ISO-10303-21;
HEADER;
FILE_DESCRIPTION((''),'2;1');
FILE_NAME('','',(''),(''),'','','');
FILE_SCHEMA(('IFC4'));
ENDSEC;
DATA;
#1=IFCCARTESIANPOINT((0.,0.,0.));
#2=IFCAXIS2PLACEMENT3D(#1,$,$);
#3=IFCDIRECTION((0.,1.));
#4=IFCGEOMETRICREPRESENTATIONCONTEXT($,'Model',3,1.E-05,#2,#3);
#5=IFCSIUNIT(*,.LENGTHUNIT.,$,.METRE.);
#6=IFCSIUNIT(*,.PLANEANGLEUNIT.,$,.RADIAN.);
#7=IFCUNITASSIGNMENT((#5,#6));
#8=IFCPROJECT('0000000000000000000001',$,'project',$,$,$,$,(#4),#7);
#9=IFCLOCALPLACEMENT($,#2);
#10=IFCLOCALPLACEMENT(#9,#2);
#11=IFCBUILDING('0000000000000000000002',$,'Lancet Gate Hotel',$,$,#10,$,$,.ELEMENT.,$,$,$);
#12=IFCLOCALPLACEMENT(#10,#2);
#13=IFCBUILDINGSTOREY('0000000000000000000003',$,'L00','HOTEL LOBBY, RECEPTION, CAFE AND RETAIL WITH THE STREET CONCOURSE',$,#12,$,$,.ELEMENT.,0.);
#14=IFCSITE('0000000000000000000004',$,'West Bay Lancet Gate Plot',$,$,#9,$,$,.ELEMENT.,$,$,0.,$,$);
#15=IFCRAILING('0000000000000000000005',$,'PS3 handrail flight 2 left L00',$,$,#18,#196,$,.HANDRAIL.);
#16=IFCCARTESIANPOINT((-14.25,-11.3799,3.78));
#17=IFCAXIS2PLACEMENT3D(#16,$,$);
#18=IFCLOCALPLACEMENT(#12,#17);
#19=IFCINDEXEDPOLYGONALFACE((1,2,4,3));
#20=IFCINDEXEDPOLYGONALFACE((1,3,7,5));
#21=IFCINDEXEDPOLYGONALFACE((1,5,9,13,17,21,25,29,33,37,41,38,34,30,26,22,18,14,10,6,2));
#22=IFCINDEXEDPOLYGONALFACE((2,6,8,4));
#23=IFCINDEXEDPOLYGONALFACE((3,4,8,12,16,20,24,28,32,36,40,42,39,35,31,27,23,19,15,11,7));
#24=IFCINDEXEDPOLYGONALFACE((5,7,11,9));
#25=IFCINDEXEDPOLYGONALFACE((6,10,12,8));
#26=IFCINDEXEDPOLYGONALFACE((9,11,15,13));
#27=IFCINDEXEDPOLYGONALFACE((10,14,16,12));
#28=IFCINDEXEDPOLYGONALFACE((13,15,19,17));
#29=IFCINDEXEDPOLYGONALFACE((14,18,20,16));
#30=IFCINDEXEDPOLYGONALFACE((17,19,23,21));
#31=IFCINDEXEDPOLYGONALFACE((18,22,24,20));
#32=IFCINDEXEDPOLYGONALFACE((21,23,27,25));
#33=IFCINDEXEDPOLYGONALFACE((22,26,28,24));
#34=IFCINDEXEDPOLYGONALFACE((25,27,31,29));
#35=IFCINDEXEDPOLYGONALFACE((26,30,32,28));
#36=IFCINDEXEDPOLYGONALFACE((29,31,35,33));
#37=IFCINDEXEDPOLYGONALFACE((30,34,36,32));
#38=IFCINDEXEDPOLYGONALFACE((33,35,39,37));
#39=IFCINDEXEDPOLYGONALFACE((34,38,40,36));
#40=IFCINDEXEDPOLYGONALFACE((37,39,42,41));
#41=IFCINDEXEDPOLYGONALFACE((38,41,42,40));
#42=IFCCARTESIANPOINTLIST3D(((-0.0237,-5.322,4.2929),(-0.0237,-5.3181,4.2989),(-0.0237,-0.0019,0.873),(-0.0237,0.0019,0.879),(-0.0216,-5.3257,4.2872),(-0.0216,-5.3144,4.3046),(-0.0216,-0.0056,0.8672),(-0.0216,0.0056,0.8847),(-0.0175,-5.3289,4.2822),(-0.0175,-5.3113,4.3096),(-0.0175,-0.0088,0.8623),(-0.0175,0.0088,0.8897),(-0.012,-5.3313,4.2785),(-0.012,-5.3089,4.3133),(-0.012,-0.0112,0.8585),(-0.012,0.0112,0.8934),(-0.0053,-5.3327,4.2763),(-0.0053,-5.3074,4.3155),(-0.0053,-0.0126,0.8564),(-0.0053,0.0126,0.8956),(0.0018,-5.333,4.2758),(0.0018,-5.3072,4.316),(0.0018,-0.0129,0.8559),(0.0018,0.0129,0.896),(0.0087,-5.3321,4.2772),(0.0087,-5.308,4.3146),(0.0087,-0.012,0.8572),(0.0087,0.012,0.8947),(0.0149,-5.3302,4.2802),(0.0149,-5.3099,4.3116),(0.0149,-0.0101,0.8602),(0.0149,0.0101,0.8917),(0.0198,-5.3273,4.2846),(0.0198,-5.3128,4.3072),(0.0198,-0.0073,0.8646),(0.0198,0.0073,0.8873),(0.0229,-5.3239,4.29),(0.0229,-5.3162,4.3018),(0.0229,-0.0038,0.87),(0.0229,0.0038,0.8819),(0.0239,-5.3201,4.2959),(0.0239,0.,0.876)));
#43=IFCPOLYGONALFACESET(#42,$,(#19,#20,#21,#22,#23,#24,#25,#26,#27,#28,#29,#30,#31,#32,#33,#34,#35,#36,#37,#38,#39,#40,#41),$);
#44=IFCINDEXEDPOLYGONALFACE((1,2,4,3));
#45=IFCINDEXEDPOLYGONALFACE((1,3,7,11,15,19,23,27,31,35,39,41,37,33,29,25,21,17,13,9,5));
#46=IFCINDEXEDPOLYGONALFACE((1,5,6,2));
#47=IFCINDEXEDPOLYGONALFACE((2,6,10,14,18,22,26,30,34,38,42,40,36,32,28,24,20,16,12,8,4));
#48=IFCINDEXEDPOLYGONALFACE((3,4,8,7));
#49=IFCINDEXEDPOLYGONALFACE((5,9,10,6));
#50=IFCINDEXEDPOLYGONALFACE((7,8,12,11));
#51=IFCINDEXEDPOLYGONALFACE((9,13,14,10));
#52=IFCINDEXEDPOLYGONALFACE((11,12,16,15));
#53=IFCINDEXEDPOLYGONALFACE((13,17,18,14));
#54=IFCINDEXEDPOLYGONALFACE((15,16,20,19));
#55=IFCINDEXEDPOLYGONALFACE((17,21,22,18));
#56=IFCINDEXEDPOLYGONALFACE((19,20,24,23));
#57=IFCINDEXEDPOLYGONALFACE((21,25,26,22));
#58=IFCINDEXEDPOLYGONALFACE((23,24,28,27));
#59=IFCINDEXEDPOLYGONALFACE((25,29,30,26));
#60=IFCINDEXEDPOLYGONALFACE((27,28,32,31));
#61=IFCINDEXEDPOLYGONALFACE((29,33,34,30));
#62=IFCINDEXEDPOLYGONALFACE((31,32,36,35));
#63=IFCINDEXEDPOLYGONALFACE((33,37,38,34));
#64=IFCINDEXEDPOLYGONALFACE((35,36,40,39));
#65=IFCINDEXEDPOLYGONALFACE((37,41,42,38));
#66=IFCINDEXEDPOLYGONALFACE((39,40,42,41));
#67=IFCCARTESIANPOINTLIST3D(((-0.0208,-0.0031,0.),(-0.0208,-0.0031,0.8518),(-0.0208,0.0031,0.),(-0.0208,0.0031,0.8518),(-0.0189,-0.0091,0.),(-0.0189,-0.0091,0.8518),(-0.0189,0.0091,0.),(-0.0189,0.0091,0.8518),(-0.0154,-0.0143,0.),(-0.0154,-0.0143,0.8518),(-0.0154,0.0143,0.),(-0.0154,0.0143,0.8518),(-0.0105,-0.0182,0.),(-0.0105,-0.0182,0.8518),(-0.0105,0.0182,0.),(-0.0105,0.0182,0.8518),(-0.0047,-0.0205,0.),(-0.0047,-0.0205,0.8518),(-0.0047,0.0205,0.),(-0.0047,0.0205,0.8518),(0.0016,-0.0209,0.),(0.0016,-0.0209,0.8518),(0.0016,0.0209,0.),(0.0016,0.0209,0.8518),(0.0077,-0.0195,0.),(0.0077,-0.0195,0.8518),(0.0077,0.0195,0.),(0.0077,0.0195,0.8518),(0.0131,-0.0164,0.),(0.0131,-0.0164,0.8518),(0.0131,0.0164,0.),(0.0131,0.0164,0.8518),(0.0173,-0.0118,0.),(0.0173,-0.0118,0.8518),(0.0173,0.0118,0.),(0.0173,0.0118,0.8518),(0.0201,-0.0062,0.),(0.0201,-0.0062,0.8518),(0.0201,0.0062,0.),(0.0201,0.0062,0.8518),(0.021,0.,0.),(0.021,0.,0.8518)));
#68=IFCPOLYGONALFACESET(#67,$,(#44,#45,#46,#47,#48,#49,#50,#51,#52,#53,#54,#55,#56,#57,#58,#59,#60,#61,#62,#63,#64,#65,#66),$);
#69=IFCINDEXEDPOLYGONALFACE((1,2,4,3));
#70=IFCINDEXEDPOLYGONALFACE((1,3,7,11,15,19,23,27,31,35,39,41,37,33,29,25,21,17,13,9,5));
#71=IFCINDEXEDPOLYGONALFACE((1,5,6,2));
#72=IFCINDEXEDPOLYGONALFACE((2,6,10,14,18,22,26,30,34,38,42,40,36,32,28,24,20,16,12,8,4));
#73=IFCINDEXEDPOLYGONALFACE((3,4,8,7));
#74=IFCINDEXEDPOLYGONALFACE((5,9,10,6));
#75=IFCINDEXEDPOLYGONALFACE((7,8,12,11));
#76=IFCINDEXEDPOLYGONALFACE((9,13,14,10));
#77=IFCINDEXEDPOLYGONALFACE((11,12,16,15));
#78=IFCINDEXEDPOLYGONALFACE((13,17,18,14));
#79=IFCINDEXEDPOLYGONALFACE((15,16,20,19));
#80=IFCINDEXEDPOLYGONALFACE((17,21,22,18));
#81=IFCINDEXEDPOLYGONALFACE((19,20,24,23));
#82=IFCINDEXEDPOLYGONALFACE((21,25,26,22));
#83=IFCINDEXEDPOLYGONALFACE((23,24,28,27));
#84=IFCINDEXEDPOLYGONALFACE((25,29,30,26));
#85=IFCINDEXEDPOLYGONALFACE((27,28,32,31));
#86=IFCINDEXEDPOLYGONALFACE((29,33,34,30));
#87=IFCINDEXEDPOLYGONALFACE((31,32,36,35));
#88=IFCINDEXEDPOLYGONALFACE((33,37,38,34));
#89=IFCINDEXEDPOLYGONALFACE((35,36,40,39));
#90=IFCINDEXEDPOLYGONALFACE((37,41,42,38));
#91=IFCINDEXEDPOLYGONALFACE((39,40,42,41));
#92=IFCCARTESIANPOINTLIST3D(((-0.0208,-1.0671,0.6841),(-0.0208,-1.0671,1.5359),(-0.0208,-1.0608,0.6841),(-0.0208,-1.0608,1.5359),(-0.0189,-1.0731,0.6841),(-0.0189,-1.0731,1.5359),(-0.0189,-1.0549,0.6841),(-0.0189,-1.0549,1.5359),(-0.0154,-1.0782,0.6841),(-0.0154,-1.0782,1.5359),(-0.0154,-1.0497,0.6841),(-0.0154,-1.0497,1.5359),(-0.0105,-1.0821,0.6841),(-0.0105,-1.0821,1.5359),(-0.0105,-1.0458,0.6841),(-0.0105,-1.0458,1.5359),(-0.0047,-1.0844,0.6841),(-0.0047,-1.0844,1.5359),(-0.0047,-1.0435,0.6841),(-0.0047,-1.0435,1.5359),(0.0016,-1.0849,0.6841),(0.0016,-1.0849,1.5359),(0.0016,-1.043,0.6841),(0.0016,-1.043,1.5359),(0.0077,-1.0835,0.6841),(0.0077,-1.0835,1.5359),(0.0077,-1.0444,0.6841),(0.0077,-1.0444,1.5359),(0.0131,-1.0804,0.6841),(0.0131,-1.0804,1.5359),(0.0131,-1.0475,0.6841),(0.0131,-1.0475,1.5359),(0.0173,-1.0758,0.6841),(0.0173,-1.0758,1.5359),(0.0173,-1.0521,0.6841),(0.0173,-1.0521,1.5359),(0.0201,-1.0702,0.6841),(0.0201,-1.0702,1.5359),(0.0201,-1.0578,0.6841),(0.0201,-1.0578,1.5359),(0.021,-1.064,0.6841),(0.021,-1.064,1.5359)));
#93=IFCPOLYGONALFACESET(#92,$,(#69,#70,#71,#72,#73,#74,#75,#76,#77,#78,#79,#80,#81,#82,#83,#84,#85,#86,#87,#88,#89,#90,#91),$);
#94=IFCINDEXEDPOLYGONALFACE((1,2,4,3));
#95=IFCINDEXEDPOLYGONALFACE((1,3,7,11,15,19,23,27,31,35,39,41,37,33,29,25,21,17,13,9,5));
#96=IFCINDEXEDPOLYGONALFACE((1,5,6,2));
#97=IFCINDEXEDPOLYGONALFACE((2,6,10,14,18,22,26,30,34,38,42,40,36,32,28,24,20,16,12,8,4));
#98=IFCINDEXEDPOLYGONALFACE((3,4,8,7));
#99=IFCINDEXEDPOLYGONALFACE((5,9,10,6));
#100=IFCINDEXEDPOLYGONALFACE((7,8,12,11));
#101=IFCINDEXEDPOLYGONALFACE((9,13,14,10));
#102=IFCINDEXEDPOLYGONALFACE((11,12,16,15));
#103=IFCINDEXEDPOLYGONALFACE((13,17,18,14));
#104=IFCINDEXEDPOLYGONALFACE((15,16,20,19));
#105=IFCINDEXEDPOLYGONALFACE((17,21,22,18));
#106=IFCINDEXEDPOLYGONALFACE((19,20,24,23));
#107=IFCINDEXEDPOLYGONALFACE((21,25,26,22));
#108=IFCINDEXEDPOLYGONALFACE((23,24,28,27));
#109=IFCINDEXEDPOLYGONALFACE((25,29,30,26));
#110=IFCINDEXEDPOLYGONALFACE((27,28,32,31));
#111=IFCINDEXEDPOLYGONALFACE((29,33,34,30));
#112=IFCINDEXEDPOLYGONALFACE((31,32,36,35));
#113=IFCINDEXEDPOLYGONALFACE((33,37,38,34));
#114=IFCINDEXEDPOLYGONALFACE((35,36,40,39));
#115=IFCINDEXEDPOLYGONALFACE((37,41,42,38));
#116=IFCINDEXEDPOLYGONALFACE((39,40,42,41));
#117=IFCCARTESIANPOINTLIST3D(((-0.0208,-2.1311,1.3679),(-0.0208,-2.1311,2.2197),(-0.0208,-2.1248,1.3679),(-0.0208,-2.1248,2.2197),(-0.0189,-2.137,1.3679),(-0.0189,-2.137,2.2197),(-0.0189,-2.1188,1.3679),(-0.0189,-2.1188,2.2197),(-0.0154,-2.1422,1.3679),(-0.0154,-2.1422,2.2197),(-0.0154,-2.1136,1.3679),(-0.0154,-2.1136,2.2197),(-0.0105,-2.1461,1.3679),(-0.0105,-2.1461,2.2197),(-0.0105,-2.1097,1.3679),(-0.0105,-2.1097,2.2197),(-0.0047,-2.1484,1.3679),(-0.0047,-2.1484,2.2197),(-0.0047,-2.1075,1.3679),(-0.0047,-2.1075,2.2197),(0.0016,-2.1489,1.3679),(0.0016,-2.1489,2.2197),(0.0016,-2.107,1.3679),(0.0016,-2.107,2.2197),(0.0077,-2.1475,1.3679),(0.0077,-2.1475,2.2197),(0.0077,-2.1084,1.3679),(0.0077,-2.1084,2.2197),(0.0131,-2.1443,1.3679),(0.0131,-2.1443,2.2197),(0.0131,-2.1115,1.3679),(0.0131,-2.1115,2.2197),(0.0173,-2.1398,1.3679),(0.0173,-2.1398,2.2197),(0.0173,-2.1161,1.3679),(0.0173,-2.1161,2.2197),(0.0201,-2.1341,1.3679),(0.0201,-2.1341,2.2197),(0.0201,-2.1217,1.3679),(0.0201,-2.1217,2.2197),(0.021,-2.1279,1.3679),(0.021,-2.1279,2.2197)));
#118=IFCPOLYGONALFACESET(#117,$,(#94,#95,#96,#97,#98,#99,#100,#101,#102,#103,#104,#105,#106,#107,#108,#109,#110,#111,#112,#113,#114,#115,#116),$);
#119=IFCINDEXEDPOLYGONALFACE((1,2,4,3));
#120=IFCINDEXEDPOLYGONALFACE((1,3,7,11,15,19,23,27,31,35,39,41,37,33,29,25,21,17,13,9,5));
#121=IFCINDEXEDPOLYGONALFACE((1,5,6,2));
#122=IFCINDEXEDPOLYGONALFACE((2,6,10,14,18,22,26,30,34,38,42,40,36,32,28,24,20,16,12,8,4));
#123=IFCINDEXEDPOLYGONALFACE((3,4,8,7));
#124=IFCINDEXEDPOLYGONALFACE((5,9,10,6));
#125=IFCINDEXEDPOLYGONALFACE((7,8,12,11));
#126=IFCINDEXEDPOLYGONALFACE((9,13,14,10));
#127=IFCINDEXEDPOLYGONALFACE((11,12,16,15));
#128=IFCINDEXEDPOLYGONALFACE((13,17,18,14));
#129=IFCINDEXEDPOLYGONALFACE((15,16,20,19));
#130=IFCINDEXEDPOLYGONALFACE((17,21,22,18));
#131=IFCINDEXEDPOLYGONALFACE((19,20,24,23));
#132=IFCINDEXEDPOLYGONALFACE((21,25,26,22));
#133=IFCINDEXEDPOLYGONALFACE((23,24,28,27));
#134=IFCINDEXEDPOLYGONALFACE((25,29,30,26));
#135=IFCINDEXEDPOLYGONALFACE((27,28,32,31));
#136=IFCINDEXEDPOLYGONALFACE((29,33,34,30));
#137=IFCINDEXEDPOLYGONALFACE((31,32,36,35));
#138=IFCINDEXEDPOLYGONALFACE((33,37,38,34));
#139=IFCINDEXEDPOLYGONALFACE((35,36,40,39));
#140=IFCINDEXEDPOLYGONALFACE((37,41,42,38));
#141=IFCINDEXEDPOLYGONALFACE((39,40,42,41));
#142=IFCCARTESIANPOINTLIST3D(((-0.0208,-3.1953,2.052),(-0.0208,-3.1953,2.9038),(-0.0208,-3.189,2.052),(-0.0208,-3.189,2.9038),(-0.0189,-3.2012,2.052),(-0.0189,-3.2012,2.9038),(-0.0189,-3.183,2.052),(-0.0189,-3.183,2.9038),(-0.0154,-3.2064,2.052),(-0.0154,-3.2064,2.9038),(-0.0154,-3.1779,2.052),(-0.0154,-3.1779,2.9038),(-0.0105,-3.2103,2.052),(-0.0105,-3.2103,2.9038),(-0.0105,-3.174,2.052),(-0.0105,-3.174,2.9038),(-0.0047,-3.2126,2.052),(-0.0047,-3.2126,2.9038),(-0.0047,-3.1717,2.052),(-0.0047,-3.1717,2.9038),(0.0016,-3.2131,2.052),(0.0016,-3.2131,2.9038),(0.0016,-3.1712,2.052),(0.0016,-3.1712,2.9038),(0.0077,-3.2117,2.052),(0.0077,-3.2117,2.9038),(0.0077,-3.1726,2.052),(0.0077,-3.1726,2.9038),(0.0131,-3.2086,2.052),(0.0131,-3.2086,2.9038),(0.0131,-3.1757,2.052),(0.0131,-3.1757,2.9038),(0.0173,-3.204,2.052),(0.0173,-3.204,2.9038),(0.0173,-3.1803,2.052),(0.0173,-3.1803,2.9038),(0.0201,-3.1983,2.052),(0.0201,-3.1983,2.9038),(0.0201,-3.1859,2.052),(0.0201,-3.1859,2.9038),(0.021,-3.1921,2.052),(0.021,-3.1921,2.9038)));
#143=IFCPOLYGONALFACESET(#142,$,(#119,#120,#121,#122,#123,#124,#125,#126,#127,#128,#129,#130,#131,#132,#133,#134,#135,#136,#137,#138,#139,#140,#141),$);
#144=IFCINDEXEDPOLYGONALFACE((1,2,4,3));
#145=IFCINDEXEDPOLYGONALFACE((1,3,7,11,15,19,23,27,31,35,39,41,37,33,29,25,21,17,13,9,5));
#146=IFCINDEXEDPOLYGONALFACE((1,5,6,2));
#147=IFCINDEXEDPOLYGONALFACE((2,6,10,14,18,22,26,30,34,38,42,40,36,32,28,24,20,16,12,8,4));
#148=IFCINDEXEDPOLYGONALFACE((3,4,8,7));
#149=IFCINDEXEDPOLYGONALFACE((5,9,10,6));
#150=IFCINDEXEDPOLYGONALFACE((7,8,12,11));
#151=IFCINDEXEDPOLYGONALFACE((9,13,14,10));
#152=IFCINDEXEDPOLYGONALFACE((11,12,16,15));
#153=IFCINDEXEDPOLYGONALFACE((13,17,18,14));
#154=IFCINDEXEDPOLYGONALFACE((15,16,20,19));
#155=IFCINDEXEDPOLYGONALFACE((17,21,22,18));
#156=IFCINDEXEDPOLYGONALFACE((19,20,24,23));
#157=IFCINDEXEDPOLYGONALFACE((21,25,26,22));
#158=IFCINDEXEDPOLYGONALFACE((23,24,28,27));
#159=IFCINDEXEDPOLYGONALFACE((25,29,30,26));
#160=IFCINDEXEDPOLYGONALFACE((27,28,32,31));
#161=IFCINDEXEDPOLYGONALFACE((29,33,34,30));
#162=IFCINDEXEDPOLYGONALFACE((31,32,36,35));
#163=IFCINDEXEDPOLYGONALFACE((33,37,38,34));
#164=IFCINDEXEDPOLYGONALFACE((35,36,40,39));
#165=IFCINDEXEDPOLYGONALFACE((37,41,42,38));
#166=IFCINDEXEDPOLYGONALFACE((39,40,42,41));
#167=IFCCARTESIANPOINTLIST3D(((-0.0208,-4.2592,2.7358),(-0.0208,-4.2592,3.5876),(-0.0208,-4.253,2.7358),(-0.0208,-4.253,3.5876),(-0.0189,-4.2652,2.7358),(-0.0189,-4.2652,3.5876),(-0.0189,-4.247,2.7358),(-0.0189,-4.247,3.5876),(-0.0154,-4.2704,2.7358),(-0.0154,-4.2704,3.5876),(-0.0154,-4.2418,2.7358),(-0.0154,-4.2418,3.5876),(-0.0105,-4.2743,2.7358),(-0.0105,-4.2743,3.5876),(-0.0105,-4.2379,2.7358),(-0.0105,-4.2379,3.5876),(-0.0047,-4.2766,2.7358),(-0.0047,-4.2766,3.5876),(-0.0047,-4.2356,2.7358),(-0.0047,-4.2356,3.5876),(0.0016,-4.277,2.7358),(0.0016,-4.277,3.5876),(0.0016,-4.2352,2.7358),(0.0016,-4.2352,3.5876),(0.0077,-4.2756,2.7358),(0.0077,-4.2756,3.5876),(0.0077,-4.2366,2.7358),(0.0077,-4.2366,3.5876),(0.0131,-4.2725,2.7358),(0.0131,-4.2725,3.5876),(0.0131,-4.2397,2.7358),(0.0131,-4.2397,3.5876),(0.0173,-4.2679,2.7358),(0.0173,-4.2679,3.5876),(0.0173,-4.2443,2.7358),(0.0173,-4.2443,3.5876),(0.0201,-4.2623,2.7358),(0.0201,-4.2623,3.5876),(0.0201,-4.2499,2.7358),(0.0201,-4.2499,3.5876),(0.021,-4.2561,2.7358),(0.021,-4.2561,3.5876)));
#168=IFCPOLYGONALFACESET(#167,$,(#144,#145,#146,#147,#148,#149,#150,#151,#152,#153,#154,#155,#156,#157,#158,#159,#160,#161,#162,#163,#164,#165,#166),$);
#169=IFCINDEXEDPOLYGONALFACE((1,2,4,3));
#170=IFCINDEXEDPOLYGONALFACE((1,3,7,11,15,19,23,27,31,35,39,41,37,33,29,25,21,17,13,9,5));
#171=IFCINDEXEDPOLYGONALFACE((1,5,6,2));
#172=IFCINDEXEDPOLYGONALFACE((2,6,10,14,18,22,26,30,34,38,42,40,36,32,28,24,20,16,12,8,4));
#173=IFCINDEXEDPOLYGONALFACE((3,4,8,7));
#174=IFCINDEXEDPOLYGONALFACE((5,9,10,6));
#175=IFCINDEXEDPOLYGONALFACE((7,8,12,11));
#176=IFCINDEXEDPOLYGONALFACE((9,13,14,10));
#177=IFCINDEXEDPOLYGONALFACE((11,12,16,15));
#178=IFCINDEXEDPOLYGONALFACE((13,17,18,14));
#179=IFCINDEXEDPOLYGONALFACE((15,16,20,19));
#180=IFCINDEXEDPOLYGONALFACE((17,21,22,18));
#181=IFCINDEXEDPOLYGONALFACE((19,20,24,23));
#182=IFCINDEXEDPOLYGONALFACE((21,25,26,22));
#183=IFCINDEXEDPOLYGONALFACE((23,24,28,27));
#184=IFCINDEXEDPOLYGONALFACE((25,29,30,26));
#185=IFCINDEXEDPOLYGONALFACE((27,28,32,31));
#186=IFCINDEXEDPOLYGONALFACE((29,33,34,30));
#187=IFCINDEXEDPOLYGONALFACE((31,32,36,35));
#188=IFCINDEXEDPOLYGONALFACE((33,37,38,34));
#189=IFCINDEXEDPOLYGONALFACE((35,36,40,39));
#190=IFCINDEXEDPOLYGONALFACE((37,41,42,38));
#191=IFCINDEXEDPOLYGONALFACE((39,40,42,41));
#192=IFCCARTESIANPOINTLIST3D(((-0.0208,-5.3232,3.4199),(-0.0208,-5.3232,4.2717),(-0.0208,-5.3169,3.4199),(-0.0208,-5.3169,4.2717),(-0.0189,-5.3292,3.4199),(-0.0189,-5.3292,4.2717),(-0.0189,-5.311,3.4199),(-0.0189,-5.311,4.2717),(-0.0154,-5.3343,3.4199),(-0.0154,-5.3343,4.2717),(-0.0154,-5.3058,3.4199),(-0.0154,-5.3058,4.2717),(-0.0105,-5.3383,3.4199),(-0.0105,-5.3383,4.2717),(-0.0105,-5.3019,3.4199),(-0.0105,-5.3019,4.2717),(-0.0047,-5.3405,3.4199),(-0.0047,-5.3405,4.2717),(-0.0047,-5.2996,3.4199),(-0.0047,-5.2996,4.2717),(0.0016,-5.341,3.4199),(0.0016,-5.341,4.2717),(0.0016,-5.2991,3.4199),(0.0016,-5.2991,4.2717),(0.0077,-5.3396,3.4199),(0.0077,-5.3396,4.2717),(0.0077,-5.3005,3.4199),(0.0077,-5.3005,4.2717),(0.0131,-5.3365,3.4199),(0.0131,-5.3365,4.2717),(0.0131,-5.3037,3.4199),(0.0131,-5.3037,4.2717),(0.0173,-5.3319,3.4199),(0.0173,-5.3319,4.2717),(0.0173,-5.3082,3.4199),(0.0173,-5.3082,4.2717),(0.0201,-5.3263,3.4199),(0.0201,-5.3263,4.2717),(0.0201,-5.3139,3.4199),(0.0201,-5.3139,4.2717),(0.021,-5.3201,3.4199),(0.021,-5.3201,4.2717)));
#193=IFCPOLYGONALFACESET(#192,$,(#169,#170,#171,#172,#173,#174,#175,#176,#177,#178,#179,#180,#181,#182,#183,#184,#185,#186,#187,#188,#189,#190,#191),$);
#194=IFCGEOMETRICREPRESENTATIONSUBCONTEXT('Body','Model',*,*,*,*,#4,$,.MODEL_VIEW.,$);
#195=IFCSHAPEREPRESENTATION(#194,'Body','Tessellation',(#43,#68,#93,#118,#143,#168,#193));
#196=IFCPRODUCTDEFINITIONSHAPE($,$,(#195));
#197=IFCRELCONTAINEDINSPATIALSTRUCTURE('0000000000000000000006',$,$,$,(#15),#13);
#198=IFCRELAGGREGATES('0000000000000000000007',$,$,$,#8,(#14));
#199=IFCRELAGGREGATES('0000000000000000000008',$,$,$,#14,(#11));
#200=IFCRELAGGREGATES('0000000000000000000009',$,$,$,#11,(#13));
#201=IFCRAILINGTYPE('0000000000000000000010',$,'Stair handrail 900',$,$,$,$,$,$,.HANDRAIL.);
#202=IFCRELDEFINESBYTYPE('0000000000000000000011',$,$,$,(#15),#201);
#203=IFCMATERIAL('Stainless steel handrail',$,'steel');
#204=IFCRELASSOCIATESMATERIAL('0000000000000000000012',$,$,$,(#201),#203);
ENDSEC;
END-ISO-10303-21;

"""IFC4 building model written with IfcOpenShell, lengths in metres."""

from ifc_helpers import new_model, si_unit, direction, frame, origin, origin_2d, place, context, subcontext, project, spatial, circle, extrude, material, type_object, element, save


model = new_model("IFC4")

# Units and contexts
model_context = context("Model", 3, precision=1e-05, world=origin(), true_north=direction((0.0, 1.0)))
body_context = subcontext(model_context, "Body", "Model", "MODEL_VIEW")
ifc_project = project(units=[si_unit("LENGTHUNIT", "METRE"), si_unit("PLANEANGLEUNIT", "RADIAN")], contexts=[model_context])

# Site, building, storey
site_placement = place(None, origin())
site = spatial("IfcSite", under=ifc_project, at=site_placement, Name="West Bay Lancet Gate Plot", CompositionType="ELEMENT", RefElevation=0.0)
building_placement = place(site_placement, origin())
building = spatial("IfcBuilding", under=site, at=building_placement, Name="Lancet Gate Hotel", CompositionType="ELEMENT")
storey_placement = place(building_placement, origin())
storey = spatial("IfcBuildingStorey", under=building, at=storey_placement, Name="L00", Description="HOTEL LOBBY, RECEPTION, CAFE AND RETAIL WITH THE STREET CONCOURSE", CompositionType="ELEMENT", Elevation=0.0)

# Railing
ifc_material_1 = material(Name="Stainless steel handrail", Category="steel")
railing_type_1 = type_object("IfcRailingType", Name="Stair handrail 900", PredefinedType="HANDRAIL", material=ifc_material_1)
for number, where, name in (
    (1, (-14.25, -11.3799, 3.78), "PS3 handrail flight 2 left L00"),
):
    element("IfcRailing", number, at=place(storey_placement, frame(where)), inside=storey, type_object=railing_type_1, Name=name, PredefinedType="HANDRAIL", context=body_context, shape_type="SweptSolid", body=[
        extrude(circle(Radius=0.0239, at=origin_2d()), frame((0.0, 0.0, 0.876), z_axis=(0.0, -0.841187, 0.540744), x_axis=(1.0, 0.0, 0.0)), (0.0, 0.0, 1.0), 6.3245),
        extrude(circle(Radius=0.021, at=origin_2d()), origin(), (0.0, 0.0, 1.0), 0.8518),
        extrude(circle(Radius=0.021, at=origin_2d()), frame((0.0, -1.064, 0.6841)), (0.0, 0.0, 1.0), 0.8518),
        extrude(circle(Radius=0.021, at=origin_2d()), frame((0.0, -2.1279, 1.3679)), (0.0, 0.0, 1.0), 0.8518),
        extrude(circle(Radius=0.021, at=origin_2d()), frame((0.0, -3.1921, 2.052)), (0.0, 0.0, 1.0), 0.8518),
        extrude(circle(Radius=0.021, at=origin_2d()), frame((0.0, -4.2561, 2.7358)), (0.0, 0.0, 1.0), 0.8518),
        extrude(circle(Radius=0.021, at=origin_2d()), frame((0.0, -5.3201, 3.4199)), (0.0, 0.0, 1.0), 0.8518),
    ])

save(model, "model.ifc")
